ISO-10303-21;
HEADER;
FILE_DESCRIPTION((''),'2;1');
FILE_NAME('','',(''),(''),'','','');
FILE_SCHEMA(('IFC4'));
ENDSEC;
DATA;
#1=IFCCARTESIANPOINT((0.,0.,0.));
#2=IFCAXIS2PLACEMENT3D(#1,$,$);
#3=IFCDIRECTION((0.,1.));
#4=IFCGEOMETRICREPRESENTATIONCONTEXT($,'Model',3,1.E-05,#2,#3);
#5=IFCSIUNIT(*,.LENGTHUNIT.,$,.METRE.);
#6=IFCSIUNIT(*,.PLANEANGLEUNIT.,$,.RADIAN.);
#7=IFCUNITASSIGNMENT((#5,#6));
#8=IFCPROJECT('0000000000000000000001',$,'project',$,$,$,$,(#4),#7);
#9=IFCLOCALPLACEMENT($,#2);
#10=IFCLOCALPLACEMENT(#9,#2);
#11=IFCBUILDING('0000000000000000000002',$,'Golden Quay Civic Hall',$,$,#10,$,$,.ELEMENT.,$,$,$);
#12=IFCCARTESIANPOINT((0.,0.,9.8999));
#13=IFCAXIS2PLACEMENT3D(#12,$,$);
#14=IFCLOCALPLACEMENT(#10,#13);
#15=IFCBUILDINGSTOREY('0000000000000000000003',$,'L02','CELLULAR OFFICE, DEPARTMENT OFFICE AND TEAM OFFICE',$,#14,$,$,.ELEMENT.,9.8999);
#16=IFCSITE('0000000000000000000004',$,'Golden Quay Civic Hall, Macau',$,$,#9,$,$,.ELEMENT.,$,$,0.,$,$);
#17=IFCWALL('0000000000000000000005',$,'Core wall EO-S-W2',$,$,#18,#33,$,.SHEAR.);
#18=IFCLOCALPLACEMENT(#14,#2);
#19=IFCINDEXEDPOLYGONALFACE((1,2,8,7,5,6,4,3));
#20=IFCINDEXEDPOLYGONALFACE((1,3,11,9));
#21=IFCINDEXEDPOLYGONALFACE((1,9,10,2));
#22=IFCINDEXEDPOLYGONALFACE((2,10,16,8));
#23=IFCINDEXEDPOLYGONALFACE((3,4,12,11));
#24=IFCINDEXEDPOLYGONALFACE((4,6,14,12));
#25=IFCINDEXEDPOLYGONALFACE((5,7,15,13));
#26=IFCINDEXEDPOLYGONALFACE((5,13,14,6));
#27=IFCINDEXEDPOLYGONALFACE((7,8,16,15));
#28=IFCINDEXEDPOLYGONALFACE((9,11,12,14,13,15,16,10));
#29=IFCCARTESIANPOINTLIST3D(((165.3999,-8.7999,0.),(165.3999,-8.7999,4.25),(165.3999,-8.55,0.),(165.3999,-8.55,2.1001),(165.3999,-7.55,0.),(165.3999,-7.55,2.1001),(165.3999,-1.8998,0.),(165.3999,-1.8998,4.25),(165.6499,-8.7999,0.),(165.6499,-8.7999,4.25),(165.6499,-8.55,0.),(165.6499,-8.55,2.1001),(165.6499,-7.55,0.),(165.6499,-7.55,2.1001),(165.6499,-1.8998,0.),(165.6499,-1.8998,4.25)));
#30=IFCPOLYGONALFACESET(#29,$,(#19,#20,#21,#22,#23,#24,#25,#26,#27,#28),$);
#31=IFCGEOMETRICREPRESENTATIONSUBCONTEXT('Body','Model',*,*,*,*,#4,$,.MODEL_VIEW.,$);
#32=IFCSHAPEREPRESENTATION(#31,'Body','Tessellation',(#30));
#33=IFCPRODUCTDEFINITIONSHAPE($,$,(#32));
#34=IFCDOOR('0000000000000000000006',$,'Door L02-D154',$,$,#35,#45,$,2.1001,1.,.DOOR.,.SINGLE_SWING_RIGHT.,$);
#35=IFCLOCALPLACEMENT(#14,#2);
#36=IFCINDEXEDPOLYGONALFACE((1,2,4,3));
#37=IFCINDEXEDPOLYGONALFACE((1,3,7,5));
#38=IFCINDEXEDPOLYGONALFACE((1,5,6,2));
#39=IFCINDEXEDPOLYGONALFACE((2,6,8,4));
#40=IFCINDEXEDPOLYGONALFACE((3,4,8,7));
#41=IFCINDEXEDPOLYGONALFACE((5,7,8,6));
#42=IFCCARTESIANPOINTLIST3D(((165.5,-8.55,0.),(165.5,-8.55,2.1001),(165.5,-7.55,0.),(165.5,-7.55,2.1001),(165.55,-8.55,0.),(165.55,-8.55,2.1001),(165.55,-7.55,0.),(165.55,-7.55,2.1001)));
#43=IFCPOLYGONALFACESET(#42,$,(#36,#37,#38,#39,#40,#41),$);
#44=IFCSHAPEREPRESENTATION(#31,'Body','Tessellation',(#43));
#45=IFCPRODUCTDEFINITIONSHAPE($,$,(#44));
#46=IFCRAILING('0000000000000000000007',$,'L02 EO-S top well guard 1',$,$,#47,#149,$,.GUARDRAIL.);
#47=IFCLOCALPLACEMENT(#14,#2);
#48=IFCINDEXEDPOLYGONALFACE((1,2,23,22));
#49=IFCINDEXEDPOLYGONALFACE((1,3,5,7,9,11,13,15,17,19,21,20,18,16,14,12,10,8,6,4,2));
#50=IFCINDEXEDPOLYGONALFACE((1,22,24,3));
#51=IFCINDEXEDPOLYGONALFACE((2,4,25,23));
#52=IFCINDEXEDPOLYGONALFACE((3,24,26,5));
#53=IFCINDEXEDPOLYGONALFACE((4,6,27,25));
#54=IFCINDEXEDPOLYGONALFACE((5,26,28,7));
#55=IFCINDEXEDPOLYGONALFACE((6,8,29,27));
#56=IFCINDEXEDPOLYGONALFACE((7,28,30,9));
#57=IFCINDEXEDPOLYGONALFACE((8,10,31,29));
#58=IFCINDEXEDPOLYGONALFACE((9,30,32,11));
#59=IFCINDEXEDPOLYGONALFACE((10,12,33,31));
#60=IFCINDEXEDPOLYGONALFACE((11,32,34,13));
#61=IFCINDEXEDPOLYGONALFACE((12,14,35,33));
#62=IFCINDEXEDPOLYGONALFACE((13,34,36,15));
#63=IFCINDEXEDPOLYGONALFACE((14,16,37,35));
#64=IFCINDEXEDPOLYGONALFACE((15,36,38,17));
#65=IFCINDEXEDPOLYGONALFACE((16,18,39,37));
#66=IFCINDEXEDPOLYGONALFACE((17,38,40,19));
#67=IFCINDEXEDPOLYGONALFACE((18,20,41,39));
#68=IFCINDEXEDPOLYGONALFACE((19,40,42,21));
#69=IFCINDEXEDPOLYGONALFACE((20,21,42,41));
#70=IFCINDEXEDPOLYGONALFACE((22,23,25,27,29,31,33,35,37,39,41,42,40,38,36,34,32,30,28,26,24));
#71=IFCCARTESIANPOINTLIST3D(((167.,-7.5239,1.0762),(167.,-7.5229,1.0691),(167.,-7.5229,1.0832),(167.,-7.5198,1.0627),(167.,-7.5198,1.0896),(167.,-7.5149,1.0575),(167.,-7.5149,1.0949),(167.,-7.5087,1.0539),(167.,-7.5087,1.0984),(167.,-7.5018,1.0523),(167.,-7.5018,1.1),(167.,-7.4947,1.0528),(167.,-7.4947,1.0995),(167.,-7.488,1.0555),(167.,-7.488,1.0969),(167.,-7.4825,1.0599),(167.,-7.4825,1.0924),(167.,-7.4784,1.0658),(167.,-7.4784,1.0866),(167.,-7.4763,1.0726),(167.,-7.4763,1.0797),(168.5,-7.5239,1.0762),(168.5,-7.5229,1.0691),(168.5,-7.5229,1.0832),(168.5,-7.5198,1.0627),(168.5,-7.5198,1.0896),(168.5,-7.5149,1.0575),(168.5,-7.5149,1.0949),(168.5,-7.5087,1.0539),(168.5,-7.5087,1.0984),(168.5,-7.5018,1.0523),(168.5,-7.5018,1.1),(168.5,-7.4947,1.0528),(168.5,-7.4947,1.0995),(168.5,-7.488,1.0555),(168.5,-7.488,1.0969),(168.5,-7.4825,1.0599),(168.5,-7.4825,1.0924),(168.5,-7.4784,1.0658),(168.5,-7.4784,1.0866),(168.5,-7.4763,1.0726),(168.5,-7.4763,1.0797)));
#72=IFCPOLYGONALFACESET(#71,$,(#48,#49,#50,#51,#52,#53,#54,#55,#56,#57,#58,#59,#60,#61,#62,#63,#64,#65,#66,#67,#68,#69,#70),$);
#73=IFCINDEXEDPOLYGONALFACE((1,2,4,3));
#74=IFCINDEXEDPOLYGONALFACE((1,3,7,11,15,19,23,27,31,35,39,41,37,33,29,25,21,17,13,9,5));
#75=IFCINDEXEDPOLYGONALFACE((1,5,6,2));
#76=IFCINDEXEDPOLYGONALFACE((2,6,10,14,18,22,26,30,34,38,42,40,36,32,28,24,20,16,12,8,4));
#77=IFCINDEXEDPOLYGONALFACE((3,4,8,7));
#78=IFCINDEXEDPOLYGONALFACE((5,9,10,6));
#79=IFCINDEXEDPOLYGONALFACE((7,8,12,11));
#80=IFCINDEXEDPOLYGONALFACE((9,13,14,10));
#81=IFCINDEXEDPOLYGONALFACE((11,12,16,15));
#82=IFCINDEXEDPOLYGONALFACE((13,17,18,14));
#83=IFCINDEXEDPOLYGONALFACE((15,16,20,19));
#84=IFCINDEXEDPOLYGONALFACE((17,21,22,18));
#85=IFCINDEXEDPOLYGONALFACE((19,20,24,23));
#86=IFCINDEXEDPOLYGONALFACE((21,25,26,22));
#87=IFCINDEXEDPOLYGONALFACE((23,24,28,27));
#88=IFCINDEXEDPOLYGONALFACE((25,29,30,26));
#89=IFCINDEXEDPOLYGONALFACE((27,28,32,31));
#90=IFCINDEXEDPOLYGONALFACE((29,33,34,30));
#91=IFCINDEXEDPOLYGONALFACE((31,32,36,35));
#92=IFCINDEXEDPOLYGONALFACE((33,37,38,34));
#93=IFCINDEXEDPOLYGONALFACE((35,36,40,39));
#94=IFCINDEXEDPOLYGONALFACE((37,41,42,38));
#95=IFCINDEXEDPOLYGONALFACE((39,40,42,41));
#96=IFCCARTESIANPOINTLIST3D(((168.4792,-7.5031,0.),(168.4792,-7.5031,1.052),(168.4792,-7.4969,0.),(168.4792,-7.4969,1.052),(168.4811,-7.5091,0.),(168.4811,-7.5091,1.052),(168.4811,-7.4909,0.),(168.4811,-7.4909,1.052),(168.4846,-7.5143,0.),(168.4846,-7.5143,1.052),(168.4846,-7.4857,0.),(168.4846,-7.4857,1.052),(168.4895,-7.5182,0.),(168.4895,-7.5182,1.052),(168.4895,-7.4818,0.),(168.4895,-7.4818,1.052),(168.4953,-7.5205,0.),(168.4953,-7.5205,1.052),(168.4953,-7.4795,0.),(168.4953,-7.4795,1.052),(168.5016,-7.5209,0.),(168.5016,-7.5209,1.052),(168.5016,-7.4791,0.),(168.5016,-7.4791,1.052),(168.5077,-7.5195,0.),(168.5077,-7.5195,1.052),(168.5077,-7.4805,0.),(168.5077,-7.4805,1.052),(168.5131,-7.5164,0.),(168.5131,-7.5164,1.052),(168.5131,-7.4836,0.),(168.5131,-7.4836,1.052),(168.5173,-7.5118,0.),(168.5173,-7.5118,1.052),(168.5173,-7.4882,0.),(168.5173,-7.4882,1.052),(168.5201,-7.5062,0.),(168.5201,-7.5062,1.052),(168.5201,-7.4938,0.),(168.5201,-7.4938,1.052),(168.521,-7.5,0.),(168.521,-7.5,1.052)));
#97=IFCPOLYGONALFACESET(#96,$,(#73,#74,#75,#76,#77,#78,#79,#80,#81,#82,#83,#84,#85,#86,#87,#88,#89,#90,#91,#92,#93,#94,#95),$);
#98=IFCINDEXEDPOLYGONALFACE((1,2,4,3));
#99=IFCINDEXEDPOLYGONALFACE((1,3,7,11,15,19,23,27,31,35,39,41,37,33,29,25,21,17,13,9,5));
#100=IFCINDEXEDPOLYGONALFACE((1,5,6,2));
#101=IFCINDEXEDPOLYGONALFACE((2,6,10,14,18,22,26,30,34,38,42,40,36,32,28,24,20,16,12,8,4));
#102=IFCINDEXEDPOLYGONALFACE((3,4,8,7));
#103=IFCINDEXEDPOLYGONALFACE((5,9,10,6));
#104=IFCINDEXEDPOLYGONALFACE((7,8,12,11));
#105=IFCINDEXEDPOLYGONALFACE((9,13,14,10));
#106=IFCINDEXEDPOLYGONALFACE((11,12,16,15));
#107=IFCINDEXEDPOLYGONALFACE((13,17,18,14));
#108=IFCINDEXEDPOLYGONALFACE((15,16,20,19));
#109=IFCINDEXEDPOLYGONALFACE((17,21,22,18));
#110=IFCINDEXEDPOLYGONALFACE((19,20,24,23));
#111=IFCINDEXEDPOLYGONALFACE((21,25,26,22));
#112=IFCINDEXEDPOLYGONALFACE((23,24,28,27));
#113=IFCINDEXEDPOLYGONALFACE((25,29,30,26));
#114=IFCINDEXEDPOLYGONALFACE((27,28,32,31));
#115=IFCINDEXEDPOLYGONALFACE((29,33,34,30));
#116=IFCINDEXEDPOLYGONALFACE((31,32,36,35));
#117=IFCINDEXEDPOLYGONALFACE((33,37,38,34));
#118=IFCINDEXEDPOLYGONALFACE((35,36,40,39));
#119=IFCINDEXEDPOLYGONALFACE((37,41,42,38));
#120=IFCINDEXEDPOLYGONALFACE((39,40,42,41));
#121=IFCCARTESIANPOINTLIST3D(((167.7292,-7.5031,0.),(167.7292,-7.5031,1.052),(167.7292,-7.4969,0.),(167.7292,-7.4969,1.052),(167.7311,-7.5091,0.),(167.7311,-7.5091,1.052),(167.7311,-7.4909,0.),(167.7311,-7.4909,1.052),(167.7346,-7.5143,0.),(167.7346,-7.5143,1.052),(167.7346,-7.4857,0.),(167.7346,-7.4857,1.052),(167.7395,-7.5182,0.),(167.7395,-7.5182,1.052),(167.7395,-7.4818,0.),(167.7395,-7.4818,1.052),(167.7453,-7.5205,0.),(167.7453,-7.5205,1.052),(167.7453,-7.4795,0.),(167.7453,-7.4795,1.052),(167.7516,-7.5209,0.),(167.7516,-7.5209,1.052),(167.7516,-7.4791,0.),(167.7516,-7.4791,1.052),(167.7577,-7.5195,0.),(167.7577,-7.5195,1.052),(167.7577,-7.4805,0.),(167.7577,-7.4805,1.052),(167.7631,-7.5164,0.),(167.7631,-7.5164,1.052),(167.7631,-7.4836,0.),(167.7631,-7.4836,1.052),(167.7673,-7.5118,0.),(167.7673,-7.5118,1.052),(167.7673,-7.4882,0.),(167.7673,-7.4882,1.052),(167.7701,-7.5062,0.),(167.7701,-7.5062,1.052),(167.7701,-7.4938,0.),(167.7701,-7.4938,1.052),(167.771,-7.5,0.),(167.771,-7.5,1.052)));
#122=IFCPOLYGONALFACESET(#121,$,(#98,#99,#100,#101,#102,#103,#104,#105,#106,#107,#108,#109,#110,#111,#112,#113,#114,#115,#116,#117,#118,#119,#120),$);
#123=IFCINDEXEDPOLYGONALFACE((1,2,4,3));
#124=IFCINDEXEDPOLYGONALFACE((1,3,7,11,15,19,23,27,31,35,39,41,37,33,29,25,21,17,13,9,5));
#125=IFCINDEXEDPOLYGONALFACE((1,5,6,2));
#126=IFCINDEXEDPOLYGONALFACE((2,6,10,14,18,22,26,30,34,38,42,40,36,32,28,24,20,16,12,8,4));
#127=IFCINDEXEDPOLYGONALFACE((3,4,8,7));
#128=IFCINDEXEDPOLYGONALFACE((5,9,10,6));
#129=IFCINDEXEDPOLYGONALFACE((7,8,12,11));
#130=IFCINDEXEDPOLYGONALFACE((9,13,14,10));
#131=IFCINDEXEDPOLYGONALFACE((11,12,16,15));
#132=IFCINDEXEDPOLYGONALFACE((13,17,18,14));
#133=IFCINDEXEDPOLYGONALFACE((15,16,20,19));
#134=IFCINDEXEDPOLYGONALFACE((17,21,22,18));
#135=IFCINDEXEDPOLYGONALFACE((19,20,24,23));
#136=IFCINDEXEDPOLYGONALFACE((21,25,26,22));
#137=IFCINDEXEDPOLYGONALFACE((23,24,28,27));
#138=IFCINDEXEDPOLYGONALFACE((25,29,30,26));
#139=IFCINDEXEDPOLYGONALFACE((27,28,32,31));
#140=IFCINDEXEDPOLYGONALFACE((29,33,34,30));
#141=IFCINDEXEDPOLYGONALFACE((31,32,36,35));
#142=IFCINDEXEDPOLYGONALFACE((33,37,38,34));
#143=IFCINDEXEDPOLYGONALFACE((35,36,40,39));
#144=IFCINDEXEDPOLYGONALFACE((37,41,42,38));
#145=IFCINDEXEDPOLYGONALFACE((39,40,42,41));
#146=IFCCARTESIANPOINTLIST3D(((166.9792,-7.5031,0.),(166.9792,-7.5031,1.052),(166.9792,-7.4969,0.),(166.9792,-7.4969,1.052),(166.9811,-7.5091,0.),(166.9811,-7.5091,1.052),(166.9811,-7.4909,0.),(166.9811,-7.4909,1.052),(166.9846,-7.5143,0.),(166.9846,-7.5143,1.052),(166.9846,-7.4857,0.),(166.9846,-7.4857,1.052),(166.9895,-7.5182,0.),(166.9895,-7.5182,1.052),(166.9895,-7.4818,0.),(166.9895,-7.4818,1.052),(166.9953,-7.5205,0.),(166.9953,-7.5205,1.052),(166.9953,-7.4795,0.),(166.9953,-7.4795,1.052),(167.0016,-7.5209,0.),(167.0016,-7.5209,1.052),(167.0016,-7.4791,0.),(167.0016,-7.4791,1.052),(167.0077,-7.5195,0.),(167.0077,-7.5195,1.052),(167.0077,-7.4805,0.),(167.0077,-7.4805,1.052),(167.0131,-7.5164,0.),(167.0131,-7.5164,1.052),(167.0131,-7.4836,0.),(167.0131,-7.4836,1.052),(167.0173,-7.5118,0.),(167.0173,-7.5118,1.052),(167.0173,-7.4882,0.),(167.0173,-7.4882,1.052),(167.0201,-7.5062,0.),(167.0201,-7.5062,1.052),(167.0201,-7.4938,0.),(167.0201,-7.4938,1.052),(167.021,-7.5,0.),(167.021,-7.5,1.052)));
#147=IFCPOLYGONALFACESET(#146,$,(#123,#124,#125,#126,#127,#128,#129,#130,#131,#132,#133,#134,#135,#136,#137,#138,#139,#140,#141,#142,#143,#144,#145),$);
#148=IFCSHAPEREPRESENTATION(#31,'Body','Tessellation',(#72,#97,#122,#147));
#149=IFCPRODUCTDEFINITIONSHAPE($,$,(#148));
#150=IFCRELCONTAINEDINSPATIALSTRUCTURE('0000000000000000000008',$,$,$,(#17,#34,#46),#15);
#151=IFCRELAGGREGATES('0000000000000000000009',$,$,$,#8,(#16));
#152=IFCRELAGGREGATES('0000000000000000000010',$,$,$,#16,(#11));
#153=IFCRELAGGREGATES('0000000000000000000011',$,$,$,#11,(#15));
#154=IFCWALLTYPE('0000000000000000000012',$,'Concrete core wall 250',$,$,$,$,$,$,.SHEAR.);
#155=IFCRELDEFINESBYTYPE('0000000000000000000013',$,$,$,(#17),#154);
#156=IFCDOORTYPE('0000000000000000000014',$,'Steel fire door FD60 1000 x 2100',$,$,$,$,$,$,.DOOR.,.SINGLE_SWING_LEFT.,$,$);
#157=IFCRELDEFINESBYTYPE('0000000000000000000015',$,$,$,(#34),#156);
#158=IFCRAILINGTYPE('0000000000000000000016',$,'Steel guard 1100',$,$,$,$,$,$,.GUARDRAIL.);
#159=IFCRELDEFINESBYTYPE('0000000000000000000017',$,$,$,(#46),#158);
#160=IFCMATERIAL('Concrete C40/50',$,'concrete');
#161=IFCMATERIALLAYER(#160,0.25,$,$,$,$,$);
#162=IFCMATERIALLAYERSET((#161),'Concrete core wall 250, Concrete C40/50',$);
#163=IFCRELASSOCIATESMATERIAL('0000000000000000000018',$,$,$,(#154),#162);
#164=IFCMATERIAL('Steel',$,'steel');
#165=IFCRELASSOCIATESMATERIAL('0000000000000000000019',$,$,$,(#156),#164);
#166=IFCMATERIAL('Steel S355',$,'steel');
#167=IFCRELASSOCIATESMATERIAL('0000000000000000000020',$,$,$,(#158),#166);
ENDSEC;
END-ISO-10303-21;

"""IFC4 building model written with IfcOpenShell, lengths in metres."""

from ifc_helpers import new_model, si_unit, direction, frame, frame_2d, origin, origin_2d, place, context, subcontext, project, spatial, rectangle, circle, extrude, material, layer, layer_set, type_object, element, fill, save


model = new_model("IFC4")

# Units and contexts
model_context = context("Model", 3, precision=1e-05, world=origin(), true_north=direction((0.0, 1.0)))
body_context = subcontext(model_context, "Body", "Model", "MODEL_VIEW")
ifc_project = project(units=[si_unit("LENGTHUNIT", "METRE"), si_unit("PLANEANGLEUNIT", "RADIAN")], contexts=[model_context])

# Site, building, storey
site_placement = place(None, origin())
site = spatial("IfcSite", under=ifc_project, at=site_placement, Name="Golden Quay Civic Hall, Macau", CompositionType="ELEMENT", RefElevation=0.0)
building_placement = place(site_placement, origin())
building = spatial("IfcBuilding", under=site, at=building_placement, Name="Golden Quay Civic Hall", CompositionType="ELEMENT")
storey_placement = place(building_placement, frame((0.0, 0.0, 9.8999)))
storey = spatial("IfcBuildingStorey", under=building, at=storey_placement, Name="L02", Description="CELLULAR OFFICE, DEPARTMENT OFFICE AND TEAM OFFICE", CompositionType="ELEMENT", Elevation=9.8999)

# Shared definitions
ifc_material_1 = material(Name="Concrete C40/50", Category="concrete")
ifc_layer_1 = layer(ifc_material_1, 0.25)
ifc_layer_set_1 = layer_set([ifc_layer_1], Name="Concrete core wall 250, Concrete C40/50")
wall_type_1 = type_object("IfcWallType", Name="Concrete core wall 250", PredefinedType="SHEAR", material=ifc_layer_set_1)

# Wall, opening, door
wall_1_placement = place(storey_placement, frame((165.5249, -8.8, 0.0), z_axis=(0.0, 0.0, 1.0), x_axis=(0.0, 1.0, 0.0)))
wall_1 = element("IfcWall", 1, at=wall_1_placement, inside=storey, type_object=wall_type_1, Name="Core wall EO-S-W2", PredefinedType="SHEAR", context=body_context, shape_type="SweptSolid", body=[
    extrude(rectangle(XDim=6.9001, YDim=0.25, at=frame_2d((3.4502, 0.0))), origin(), (0.0, 0.0, 1.0), 4.25),
])
opening_1_placement = place(wall_1_placement, frame((0.25, 0.0, 0.0)))
opening_1 = element("IfcOpeningElement", 2, at=opening_1_placement, cuts=wall_1, PredefinedType="OPENING", context=body_context, shape_type="SweptSolid", body=[
    extrude(rectangle(XDim=1.0, YDim=2.1001, at=frame_2d((0.5, 1.05))), frame((0.0, 0.135, 0.0), z_axis=(0.0, -1.0, 0.0), x_axis=(1.0, 0.0, 0.0)), (0.0, 0.0, 1.0), 0.27),
])
ifc_material_2 = material(Name="Steel", Category="steel")
door_type_1 = type_object("IfcDoorType", Name="Steel fire door FD60 1000 x 2100", OperationType="SINGLE_SWING_LEFT", PredefinedType="DOOR", material=ifc_material_2)
door_1_placement = place(opening_1_placement, frame((1.0, 0.0, 0.0), z_axis=(0.0, 0.0, 1.0), x_axis=(-1.0, 0.0, 0.0)))
door_1 = element("IfcDoor", 3, at=door_1_placement, inside=storey, type_object=door_type_1, Name="Door L02-D154", OperationType="SINGLE_SWING_RIGHT", OverallHeight=2.1001, OverallWidth=1.0, PredefinedType="DOOR", context=body_context, shape_type="SweptSolid", body=[
    extrude(rectangle(XDim=1.0, YDim=2.1001, at=frame_2d((0.5, 1.05))), frame((0.0, 0.0251, 0.0), z_axis=(0.0, -1.0, 0.0), x_axis=(1.0, 0.0, 0.0)), (0.0, 0.0, 1.0), 0.05),
])
fill(opening_1, door_1)

# Railing
ifc_material_3 = material(Name="Steel S355", Category="steel")
railing_type = type_object("IfcRailingType", Name="Steel guard 1100", PredefinedType="GUARDRAIL", material=ifc_material_3)
railing_placement = place(storey_placement, frame((168.5, -7.5, 0.0)))
element("IfcRailing", 4, at=railing_placement, inside=storey, type_object=railing_type, Name="L02 EO-S top well guard 1", PredefinedType="GUARDRAIL", context=body_context, shape_type="SweptSolid", body=[
    extrude(circle(Radius=0.0239, at=origin_2d()), frame((0.0, 0.0, 1.0762), z_axis=(-1.0, 0.0, 0.0), x_axis=(0.0, -1.0, 0.0)), (0.0, 0.0, 1.0), 1.5),
    extrude(circle(Radius=0.021, at=origin_2d()), origin(), (0.0, 0.0, 1.0), 1.052),
    extrude(circle(Radius=0.021, at=origin_2d()), frame((-0.75, 0.0, 0.0)), (0.0, 0.0, 1.0), 1.052),
    extrude(circle(Radius=0.021, at=origin_2d()), frame((-1.5, 0.0, 0.0)), (0.0, 0.0, 1.0), 1.052),
])

save(model, "model.ifc")
